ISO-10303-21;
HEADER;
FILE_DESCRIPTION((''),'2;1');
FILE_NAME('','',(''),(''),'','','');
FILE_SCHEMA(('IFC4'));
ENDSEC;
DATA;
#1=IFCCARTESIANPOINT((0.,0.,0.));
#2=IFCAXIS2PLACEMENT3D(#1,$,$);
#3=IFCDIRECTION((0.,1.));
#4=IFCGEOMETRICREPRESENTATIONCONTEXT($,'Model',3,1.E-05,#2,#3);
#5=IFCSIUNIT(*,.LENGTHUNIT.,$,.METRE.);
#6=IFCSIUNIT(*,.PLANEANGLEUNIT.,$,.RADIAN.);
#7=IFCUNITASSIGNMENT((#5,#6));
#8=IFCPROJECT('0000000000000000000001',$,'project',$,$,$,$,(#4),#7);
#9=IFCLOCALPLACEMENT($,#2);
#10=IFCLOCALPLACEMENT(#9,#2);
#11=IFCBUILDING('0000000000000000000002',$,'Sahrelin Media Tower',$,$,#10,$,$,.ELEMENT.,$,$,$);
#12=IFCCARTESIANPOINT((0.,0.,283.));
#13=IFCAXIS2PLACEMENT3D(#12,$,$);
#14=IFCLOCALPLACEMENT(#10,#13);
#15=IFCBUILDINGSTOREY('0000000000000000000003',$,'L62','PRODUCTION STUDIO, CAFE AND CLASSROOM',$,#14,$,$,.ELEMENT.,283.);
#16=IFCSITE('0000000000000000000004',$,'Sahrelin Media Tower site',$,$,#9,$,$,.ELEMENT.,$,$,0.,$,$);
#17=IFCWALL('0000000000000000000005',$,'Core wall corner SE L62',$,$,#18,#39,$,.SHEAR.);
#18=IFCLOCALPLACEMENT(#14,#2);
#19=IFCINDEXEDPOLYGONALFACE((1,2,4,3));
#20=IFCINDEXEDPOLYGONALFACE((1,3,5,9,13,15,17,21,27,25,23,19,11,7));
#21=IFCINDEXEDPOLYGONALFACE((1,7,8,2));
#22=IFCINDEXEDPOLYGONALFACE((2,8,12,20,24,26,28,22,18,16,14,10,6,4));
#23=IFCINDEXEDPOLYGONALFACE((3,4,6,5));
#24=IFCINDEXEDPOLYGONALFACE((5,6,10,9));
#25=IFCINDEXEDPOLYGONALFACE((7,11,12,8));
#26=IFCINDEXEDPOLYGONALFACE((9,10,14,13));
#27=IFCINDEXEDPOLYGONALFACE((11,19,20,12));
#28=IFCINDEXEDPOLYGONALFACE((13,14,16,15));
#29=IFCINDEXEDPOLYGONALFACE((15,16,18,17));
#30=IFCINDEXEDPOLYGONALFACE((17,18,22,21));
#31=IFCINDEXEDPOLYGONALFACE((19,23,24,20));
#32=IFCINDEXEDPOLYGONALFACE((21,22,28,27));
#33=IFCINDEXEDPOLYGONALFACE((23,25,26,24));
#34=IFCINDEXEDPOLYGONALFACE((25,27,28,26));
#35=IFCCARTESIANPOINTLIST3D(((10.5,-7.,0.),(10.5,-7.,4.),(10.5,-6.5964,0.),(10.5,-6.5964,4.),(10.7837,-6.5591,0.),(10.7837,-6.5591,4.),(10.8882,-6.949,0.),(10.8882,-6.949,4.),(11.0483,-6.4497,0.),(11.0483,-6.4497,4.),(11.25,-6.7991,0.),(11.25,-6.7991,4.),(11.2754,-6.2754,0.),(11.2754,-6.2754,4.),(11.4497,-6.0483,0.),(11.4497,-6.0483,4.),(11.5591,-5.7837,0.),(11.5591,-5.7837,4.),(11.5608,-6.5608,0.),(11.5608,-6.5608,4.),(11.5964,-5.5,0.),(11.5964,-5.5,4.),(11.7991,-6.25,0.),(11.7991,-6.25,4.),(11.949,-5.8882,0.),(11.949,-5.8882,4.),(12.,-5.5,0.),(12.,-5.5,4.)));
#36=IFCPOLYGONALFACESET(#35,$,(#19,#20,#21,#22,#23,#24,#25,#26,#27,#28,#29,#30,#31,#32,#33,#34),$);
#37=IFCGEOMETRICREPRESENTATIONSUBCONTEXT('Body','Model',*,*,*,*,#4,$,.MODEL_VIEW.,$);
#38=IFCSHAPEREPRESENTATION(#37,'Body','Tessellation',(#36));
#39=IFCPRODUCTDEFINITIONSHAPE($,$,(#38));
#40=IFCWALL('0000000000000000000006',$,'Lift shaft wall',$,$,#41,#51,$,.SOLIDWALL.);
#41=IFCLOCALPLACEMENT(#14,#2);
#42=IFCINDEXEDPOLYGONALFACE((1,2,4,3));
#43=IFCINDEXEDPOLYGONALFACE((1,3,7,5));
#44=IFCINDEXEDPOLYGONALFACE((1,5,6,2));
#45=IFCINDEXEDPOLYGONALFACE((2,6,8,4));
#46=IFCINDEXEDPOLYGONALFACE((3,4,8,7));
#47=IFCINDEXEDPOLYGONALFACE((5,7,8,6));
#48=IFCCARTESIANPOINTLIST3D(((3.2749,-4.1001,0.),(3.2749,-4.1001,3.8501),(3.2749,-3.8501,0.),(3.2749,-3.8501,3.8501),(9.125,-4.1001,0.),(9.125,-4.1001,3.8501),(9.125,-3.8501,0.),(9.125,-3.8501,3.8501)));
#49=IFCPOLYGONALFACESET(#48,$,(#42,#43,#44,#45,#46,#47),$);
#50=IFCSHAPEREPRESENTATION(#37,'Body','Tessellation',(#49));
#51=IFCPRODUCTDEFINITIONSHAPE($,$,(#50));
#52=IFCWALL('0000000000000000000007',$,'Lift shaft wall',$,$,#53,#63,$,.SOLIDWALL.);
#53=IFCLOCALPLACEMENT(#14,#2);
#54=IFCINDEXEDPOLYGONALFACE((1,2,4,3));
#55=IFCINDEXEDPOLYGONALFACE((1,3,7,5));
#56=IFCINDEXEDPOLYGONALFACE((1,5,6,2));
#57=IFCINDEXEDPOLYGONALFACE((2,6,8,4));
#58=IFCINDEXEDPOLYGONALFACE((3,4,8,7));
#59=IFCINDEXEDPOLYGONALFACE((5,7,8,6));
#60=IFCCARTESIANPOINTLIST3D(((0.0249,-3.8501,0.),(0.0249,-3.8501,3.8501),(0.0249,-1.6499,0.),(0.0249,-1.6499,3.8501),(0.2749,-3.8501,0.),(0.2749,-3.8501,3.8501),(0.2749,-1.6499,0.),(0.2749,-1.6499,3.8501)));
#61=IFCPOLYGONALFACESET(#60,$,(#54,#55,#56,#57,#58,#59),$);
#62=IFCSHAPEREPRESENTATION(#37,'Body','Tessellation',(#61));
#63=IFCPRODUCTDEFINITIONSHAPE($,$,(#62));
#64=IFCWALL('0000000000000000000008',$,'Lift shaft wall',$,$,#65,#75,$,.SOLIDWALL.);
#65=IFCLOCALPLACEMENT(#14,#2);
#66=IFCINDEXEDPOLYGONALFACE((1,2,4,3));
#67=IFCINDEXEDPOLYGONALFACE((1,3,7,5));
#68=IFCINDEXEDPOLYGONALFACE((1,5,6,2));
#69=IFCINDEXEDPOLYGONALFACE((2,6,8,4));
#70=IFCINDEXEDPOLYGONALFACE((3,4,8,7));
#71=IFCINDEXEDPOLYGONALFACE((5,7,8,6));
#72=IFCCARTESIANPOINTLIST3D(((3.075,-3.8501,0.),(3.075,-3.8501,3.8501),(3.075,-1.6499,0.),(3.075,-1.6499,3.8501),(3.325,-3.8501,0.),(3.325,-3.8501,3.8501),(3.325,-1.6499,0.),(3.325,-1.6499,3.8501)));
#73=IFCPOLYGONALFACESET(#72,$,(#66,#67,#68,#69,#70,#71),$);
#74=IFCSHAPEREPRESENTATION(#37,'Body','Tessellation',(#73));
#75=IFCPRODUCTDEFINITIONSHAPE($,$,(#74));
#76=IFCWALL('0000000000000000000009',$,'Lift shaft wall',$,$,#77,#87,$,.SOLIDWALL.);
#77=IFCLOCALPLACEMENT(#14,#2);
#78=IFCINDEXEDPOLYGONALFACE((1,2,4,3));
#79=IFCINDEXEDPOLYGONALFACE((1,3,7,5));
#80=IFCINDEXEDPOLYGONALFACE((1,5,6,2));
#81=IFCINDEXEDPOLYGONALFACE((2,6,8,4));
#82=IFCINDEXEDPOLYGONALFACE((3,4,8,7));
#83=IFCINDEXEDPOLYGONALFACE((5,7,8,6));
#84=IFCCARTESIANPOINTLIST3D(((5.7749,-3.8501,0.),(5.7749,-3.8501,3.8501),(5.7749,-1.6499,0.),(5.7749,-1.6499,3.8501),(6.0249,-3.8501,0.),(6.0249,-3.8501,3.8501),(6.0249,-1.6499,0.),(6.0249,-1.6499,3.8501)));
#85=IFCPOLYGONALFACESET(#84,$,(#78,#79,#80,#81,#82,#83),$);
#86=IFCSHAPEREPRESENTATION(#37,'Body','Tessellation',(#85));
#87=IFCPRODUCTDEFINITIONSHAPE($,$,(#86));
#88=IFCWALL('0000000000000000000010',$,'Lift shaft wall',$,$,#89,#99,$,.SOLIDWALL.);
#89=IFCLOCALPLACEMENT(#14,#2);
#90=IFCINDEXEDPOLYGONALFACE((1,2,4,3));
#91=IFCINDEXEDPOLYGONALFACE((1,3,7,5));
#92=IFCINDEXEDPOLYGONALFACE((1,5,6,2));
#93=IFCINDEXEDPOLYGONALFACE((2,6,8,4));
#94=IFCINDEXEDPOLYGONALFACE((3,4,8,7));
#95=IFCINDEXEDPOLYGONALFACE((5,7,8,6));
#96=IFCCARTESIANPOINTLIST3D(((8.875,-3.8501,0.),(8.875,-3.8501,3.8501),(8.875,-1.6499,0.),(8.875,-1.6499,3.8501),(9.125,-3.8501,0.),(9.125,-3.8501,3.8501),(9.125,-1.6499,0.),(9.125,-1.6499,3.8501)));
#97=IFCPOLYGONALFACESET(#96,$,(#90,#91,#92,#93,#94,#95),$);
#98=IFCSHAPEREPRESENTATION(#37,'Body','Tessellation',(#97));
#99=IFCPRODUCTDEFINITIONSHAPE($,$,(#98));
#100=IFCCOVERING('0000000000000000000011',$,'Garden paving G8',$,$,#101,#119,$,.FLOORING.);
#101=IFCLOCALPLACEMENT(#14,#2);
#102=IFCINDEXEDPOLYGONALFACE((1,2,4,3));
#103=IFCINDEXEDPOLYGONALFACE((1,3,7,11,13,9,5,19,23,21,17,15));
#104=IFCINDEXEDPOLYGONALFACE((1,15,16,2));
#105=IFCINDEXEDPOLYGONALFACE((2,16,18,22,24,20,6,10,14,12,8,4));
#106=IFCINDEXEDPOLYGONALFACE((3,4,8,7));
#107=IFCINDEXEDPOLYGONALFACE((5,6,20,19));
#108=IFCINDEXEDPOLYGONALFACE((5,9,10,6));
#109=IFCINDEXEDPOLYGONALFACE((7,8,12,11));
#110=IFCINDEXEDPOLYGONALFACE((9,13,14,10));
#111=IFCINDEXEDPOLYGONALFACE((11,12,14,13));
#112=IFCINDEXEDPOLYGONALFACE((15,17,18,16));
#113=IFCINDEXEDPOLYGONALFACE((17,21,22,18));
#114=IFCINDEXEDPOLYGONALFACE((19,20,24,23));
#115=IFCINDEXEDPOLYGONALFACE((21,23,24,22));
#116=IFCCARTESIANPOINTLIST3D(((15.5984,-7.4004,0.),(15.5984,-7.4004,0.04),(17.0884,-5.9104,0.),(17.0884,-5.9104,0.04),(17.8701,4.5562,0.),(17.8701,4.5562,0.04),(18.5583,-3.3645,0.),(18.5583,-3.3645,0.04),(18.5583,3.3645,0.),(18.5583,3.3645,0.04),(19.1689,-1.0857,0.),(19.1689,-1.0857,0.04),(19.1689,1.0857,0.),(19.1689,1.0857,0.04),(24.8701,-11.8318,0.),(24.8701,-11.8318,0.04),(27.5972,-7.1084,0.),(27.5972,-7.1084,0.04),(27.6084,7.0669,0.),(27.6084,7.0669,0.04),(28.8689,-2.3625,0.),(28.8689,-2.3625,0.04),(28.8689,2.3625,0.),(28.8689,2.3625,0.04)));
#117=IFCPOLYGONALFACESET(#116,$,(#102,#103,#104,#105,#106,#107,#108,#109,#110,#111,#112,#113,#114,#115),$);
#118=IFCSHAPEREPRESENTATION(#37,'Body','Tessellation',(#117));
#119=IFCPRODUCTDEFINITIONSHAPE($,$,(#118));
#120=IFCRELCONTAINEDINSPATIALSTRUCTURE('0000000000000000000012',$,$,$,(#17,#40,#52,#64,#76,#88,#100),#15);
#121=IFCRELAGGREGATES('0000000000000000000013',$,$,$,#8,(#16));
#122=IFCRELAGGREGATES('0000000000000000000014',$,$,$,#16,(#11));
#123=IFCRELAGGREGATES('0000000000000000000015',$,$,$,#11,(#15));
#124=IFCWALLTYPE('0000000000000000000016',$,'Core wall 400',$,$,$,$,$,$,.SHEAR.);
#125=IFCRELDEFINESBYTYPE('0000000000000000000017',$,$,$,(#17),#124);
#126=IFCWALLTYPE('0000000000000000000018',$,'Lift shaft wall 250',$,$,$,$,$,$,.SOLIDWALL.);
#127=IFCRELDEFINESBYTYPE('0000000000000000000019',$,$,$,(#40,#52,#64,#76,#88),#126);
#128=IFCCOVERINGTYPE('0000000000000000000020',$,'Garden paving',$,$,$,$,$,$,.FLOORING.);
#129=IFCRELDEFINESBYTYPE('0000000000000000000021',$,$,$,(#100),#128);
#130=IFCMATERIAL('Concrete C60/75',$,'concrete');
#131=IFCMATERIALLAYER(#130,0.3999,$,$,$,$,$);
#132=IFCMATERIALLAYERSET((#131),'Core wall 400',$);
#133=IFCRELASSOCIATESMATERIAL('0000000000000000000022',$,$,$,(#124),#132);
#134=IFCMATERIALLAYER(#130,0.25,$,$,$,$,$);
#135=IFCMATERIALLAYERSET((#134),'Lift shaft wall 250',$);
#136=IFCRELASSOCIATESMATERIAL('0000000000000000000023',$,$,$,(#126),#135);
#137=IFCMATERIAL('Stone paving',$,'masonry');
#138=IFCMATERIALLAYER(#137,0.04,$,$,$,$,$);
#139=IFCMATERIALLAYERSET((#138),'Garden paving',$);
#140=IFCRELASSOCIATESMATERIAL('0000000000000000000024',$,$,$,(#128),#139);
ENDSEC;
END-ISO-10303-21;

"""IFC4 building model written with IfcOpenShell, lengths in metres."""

from ifc_helpers import new_model, si_unit, direction, frame, frame_2d, origin, place, context, subcontext, project, spatial, polyline, rectangle, outline, extrude, material, layer, layer_set, type_object, element, save


model = new_model("IFC4")

# Units and contexts
model_context = context("Model", 3, precision=1e-05, world=origin(), true_north=direction((0.0, 1.0)))
body_context = subcontext(model_context, "Body", "Model", "MODEL_VIEW")
ifc_project = project(units=[si_unit("LENGTHUNIT", "METRE"), si_unit("PLANEANGLEUNIT", "RADIAN")], contexts=[model_context])

# Site, building, storey
site_placement = place(None, origin())
site = spatial("IfcSite", under=ifc_project, at=site_placement, Name="Sahrelin Media Tower site", CompositionType="ELEMENT", RefElevation=0.0)
building_placement = place(site_placement, origin())
building = spatial("IfcBuilding", under=site, at=building_placement, Name="Sahrelin Media Tower", CompositionType="ELEMENT")
storey_placement = place(building_placement, frame((0.0, 0.0, 283.0)))
storey = spatial("IfcBuildingStorey", under=building, at=storey_placement, Name="L62", Description="PRODUCTION STUDIO, CAFE AND CLASSROOM", CompositionType="ELEMENT", Elevation=283.0)

# Shared definitions
placement_1 = place(storey_placement, origin())

# Shared definitions
ifc_material_1 = material(Name="Concrete C60/75", Category="concrete")
ifc_layer_1 = layer(ifc_material_1, 0.3999)
ifc_layer_set_1 = layer_set([ifc_layer_1], Name="Core wall 400")
wall_type_1 = type_object("IfcWallType", Name="Core wall 400", PredefinedType="SHEAR", material=ifc_layer_set_1)

# Walls
element("IfcWall", 1, at=placement_1, inside=storey, type_object=wall_type_1, Name="Core wall corner SE L62", PredefinedType="SHEAR", context=body_context, shape_type="SweptSolid", body=[
    extrude(outline(polyline([(12.0, -5.5), (11.5964, -5.5), (11.5591, -5.7837), (11.4497, -6.0483), (11.2754, -6.2754), (11.0483, -6.4497), (10.7837, -6.5591), (10.5, -6.5964), (10.5, -7.0), (10.8882, -6.949), (11.25, -6.7991), (11.5608, -6.5608), (11.7991, -6.25), (11.949, -5.8882), (12.0, -5.5)])), origin(), (0.0, 0.0, 1.0), 4.0),
])
ifc_layer_2 = layer(ifc_material_1, 0.25)
ifc_layer_set_2 = layer_set([ifc_layer_2], Name="Lift shaft wall 250")
wall_type_2 = type_object("IfcWallType", Name="Lift shaft wall 250", PredefinedType="SOLIDWALL", material=ifc_layer_set_2)
wall_1_placement = place(storey_placement, frame((3.2749, -3.9751, 0.0), z_axis=(0.0, 0.0, 1.0), x_axis=(1.0, 0.0, 0.0)))
element("IfcWall", 2, at=wall_1_placement, inside=storey, type_object=wall_type_2, Name="Lift shaft wall", PredefinedType="SOLIDWALL", context=body_context, shape_type="SweptSolid", body=[
    extrude(rectangle(XDim=5.8501, YDim=0.25, at=frame_2d((2.925, 0.0))), origin(), (0.0, 0.0, 1.0), 3.8501),
])
for number, where, z_axis, x_axis, name in (
    (3, (0.1499, -3.8501, 0.0), (0.0, 0.0, 1.0), (0.0, 1.0, 0.0), "Lift shaft wall"),
    (4, (3.2, -3.8501, 0.0), (0.0, 0.0, 1.0), (0.0, 1.0, 0.0), "Lift shaft wall"),
    (5, (5.8999, -3.8501, 0.0), (0.0, 0.0, 1.0), (0.0, 1.0, 0.0), "Lift shaft wall"),
    (6, (9.0, -3.8501, 0.0), (0.0, 0.0, 1.0), (0.0, 1.0, 0.0), "Lift shaft wall"),
):
    element("IfcWall", number, at=place(storey_placement, frame(where, z_axis=z_axis, x_axis=x_axis)), inside=storey, type_object=wall_type_2, Name=name, PredefinedType="SOLIDWALL", context=body_context, shape_type="SweptSolid", body=[
        extrude(rectangle(XDim=2.2002, YDim=0.25, at=frame_2d((1.1001, 0.0))), origin(), (0.0, 0.0, 1.0), 3.8501),
    ])

# Covering
ifc_material_2 = material(Name="Stone paving", Category="masonry")
ifc_layer_3 = layer(ifc_material_2, 0.04)
ifc_layer_set_3 = layer_set([ifc_layer_3], Name="Garden paving")
covering_type = type_object("IfcCoveringType", Name="Garden paving", PredefinedType="FLOORING", material=ifc_layer_set_3)
element("IfcCovering", 7, at=placement_1, inside=storey, type_object=covering_type, Name="Garden paving G8", PredefinedType="FLOORING", context=body_context, shape_type="SweptSolid", body=[
    extrude(outline(polyline([(28.8689, -2.3625), (27.5972, -7.1084), (24.8701, -11.8318), (15.5984, -7.4004), (17.0884, -5.9104), (18.5583, -3.3645), (19.1689, -1.0857), (19.1689, 1.0857), (18.5583, 3.3645), (17.8701, 4.5562), (27.6084, 7.0669), (28.8689, 2.3625), (28.8689, -2.3625)])), origin(), (0.0, 0.0, 1.0), 0.04),
])

save(model, "model.ifc")
